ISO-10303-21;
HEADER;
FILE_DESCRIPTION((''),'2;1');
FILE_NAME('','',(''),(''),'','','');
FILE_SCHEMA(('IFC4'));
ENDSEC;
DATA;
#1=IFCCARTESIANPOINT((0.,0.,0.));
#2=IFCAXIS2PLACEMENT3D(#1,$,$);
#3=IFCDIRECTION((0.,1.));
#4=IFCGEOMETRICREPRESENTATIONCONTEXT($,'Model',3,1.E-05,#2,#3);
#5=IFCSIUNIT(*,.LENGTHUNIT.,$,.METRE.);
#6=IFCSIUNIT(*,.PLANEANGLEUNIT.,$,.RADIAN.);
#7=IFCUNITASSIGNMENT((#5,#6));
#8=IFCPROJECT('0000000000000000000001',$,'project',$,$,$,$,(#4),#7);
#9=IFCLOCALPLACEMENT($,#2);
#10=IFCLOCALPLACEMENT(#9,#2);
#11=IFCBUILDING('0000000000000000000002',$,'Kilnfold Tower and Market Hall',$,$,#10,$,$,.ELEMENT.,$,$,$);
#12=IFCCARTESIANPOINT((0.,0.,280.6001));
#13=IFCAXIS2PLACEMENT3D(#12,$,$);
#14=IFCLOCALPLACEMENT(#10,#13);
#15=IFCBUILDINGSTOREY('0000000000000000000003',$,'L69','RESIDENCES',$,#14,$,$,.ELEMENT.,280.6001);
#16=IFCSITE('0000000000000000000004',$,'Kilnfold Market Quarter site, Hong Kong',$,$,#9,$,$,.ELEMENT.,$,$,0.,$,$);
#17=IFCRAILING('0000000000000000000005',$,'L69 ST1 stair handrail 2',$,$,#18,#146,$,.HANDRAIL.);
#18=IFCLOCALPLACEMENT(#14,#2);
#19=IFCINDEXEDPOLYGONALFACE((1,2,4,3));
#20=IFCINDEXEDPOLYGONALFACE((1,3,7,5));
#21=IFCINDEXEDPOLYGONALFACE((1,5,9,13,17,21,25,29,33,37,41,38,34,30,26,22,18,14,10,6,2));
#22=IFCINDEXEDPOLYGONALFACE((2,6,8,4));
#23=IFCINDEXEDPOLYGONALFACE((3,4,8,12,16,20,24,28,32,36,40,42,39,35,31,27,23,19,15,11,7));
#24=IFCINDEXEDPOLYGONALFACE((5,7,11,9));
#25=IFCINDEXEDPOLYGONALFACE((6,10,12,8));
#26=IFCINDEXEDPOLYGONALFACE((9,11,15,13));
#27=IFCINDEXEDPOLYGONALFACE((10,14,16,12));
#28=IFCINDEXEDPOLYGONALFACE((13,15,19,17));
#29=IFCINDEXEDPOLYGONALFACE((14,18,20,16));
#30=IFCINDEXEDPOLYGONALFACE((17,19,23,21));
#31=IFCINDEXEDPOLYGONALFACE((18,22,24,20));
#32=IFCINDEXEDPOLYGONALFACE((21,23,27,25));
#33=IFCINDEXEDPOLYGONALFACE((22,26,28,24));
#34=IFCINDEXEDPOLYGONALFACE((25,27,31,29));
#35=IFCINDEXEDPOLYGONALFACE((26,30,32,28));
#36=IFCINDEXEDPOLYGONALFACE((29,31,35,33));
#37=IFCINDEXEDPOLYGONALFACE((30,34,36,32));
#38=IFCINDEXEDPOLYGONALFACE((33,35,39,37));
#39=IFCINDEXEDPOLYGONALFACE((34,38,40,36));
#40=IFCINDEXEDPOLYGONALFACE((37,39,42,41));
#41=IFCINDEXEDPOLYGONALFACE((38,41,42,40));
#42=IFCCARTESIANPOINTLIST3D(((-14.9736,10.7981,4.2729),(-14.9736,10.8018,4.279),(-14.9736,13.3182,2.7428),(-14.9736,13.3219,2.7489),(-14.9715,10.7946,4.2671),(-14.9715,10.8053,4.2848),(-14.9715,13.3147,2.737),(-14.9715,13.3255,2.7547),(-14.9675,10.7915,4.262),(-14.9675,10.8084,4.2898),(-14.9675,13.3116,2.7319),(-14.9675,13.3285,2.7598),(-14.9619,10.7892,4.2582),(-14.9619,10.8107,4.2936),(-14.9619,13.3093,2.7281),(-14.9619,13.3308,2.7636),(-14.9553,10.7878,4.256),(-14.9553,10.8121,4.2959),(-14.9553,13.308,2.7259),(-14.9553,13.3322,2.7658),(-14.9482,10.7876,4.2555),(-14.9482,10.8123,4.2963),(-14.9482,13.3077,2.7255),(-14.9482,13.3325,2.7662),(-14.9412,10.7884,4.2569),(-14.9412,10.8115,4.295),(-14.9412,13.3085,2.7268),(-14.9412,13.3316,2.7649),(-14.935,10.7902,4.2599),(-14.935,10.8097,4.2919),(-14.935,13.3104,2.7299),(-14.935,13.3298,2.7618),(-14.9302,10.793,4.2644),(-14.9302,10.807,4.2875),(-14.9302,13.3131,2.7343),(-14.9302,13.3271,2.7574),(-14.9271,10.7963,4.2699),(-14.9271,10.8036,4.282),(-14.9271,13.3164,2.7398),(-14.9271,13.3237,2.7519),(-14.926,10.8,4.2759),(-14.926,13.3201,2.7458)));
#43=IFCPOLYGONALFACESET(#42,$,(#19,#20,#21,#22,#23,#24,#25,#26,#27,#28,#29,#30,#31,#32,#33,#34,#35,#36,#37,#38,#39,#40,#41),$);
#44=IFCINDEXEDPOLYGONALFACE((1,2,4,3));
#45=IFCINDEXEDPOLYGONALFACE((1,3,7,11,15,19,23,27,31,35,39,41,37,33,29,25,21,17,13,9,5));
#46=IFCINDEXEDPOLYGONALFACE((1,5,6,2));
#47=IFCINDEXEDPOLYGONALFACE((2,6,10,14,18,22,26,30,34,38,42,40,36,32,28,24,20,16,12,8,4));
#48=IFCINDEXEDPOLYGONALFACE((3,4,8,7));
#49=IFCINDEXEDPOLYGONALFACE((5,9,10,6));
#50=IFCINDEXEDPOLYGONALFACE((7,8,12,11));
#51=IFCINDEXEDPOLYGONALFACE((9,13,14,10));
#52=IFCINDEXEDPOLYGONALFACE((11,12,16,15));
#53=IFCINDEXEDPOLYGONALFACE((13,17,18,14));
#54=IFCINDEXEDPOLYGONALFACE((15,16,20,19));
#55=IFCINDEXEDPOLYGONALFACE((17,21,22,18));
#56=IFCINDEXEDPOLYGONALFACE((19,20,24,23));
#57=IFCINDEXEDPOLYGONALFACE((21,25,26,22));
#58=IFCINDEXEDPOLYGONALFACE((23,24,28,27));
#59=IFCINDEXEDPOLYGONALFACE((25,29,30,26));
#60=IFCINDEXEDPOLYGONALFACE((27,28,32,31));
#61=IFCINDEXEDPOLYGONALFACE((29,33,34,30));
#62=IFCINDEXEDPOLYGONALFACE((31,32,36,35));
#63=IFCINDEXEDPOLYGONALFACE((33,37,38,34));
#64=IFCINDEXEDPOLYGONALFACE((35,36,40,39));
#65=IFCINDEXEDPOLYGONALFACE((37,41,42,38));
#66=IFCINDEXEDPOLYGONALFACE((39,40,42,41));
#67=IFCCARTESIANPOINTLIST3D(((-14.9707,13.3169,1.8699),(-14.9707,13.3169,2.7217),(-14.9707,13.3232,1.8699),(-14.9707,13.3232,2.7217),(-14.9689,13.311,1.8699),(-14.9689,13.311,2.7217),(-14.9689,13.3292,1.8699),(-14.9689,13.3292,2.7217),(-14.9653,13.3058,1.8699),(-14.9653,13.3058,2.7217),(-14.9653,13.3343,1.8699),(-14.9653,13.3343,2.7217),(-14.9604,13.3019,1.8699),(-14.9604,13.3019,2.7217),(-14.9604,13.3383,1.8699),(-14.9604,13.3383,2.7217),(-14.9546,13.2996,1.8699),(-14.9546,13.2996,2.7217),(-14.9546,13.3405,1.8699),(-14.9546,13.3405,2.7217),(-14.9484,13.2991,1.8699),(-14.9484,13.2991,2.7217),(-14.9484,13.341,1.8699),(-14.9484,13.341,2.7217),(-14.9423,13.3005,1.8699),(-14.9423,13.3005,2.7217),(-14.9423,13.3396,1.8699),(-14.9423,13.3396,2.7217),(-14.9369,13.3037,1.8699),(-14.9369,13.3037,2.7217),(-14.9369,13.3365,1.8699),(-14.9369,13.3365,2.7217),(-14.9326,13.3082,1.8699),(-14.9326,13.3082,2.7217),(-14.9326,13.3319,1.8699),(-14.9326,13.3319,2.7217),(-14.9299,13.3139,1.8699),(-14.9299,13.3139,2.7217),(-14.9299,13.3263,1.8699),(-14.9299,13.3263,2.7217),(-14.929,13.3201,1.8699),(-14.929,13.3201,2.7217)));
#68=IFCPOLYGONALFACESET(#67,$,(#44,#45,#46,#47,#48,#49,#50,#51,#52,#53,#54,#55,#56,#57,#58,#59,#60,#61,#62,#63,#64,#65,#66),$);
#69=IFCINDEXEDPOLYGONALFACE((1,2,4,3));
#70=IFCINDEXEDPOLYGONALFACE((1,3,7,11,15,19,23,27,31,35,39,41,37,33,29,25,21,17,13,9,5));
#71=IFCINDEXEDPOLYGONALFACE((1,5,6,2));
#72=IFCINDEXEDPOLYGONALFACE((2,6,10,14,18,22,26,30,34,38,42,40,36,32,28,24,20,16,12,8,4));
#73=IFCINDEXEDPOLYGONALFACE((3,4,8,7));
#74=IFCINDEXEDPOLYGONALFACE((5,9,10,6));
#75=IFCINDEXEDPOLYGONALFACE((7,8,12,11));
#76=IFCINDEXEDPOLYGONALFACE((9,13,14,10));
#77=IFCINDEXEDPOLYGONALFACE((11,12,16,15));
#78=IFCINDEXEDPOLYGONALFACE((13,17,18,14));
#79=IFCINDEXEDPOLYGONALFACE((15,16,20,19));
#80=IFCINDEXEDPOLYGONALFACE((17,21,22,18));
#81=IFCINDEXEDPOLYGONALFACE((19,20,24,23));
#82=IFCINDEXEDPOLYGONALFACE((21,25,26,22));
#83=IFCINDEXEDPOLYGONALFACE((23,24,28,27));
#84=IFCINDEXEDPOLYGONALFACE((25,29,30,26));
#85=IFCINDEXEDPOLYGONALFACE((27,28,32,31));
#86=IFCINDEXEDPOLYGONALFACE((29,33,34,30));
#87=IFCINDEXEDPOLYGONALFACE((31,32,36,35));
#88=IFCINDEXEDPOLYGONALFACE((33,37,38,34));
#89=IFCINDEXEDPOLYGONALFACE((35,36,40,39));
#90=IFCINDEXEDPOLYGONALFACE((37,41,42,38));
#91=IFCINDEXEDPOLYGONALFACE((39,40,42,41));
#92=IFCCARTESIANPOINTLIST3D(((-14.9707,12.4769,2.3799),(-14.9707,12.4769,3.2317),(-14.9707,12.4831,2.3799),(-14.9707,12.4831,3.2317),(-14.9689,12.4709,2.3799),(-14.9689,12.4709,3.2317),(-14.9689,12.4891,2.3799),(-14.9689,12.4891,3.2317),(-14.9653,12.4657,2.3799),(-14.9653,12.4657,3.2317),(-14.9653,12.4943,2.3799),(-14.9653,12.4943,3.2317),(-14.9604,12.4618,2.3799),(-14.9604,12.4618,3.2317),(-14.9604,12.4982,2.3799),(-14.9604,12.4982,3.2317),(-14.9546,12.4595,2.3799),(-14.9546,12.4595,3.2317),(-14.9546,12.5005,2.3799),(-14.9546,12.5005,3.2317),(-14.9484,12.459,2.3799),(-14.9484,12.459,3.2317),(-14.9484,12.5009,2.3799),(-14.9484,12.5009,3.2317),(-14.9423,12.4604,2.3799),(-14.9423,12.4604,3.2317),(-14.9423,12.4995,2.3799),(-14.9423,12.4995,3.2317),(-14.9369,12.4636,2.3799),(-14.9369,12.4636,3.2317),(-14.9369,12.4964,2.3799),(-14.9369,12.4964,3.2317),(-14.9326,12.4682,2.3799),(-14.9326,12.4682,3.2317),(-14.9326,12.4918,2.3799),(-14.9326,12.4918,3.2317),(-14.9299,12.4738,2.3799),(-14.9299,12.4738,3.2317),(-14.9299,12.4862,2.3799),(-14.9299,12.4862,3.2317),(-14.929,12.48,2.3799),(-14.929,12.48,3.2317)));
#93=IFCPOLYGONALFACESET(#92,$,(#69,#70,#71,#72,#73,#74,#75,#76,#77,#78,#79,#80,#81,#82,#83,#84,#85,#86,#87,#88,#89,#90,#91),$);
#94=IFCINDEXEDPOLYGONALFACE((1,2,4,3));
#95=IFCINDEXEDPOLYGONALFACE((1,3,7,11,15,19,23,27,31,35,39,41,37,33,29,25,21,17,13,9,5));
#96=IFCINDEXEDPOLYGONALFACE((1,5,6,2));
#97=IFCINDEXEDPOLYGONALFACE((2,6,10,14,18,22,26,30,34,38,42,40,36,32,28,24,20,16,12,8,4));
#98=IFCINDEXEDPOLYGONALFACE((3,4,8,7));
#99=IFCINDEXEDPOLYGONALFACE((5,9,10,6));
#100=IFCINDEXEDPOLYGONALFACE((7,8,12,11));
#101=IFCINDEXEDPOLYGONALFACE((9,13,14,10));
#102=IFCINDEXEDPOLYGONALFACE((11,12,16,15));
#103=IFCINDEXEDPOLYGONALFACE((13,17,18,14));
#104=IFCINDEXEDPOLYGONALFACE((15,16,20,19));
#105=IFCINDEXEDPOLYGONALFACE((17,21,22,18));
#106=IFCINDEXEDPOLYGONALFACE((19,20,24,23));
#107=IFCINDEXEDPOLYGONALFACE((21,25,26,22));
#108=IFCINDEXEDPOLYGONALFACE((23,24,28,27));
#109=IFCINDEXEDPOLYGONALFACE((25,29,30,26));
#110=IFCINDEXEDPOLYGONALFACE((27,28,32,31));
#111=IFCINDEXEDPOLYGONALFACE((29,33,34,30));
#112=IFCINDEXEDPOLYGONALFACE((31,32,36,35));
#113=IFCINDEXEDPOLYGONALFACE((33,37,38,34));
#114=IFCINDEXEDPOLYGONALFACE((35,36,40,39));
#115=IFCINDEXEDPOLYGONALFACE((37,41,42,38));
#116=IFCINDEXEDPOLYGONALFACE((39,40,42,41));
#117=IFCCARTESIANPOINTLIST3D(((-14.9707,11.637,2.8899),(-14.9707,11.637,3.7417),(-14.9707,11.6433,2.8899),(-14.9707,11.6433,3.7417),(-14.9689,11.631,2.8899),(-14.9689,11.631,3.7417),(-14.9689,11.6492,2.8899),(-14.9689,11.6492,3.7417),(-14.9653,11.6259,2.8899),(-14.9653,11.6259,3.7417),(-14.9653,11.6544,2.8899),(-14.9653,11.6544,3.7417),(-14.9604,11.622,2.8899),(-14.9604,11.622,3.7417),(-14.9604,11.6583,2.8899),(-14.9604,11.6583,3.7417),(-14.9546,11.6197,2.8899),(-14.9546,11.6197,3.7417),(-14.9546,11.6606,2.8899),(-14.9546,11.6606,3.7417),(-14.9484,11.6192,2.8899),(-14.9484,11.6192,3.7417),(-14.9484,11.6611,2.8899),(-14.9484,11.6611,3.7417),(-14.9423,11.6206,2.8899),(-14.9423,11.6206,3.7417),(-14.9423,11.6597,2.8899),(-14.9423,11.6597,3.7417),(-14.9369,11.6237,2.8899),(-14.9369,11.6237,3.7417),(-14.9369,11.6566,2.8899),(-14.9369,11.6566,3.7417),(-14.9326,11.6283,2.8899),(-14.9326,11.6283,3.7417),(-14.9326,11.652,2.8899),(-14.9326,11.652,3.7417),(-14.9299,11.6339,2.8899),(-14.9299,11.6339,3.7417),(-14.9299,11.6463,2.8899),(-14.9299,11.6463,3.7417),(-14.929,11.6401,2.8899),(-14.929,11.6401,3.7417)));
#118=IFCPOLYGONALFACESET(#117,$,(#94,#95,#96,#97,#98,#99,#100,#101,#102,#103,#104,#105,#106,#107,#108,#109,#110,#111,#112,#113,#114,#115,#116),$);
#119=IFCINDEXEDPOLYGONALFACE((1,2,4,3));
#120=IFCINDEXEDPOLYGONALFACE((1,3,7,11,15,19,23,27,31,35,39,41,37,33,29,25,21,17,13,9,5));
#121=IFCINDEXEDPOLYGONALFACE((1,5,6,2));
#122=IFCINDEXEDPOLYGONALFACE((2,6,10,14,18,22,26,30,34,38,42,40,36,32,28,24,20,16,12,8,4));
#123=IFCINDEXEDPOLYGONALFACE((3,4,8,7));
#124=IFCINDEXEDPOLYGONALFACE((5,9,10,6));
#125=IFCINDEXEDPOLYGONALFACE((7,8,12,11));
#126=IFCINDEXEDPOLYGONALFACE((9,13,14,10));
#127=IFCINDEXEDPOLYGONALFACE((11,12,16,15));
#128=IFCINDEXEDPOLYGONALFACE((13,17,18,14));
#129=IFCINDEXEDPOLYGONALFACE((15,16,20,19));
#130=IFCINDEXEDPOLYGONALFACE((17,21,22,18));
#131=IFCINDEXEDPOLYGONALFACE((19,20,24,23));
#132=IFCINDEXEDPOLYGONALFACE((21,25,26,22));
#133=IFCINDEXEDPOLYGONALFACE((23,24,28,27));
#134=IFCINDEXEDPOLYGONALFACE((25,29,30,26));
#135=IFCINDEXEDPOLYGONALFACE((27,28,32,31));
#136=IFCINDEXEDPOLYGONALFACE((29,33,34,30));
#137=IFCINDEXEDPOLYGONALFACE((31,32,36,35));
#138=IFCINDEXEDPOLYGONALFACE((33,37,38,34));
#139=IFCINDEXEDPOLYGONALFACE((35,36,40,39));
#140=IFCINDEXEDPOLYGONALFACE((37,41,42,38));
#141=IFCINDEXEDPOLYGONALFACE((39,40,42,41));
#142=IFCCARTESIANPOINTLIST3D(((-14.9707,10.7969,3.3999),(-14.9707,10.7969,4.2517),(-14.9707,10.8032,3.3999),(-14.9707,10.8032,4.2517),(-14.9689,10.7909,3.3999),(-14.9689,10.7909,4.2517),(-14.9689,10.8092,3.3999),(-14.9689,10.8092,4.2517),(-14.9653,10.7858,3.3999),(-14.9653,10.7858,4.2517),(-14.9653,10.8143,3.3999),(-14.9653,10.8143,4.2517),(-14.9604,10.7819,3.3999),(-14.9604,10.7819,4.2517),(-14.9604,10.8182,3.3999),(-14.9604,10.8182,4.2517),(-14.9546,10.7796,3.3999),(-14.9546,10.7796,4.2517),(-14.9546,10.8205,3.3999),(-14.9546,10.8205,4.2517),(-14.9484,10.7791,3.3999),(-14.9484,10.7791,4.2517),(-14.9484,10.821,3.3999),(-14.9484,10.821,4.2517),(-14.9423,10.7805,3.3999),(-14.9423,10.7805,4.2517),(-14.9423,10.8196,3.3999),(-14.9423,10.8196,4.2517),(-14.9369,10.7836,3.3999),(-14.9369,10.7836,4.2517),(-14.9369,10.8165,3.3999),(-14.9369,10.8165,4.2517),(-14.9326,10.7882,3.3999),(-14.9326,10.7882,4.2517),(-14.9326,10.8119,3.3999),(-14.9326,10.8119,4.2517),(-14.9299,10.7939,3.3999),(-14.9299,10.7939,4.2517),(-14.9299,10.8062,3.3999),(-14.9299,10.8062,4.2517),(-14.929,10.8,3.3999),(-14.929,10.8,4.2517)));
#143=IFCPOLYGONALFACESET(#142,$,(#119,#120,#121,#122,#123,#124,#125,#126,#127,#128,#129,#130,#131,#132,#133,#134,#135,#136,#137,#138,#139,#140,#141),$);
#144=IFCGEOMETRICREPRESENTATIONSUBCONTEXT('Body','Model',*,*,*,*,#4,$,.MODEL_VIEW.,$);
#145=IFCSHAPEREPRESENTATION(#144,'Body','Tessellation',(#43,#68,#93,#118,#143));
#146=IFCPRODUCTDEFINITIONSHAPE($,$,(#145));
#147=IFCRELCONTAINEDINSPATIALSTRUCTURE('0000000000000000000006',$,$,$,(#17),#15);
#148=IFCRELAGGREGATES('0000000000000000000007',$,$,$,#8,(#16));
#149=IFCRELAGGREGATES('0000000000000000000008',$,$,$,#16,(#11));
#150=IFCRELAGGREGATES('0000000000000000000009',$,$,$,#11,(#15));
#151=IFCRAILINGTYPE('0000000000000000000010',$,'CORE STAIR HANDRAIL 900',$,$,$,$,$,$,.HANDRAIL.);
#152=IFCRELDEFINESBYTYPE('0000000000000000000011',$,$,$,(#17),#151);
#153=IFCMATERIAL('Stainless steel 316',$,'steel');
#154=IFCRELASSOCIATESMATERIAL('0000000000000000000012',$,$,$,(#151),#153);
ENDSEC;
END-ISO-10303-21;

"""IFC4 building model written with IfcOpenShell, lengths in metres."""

from ifc_helpers import new_model, si_unit, direction, frame, origin, origin_2d, place, context, subcontext, project, spatial, circle, extrude, material, type_object, element, save


model = new_model("IFC4")

# Units and contexts
model_context = context("Model", 3, precision=1e-05, world=origin(), true_north=direction((0.0, 1.0)))
body_context = subcontext(model_context, "Body", "Model", "MODEL_VIEW")
ifc_project = project(units=[si_unit("LENGTHUNIT", "METRE"), si_unit("PLANEANGLEUNIT", "RADIAN")], contexts=[model_context])

# Site, building, storey
site_placement = place(None, origin())
site = spatial("IfcSite", under=ifc_project, at=site_placement, Name="Kilnfold Market Quarter site, Hong Kong", CompositionType="ELEMENT", RefElevation=0.0)
building_placement = place(site_placement, origin())
building = spatial("IfcBuilding", under=site, at=building_placement, Name="Kilnfold Tower and Market Hall", CompositionType="ELEMENT")
storey_placement = place(building_placement, frame((0.0, 0.0, 280.6001)))
storey = spatial("IfcBuildingStorey", under=building, at=storey_placement, Name="L69", Description="RESIDENCES", CompositionType="ELEMENT", Elevation=280.6001)

# Railing
ifc_material_1 = material(Name="Stainless steel 316", Category="steel")
railing_type_1 = type_object("IfcRailingType", Name="CORE STAIR HANDRAIL 900", PredefinedType="HANDRAIL", material=ifc_material_1)
railing_1_placement = place(storey_placement, frame((-14.95, 13.3201, 1.8699)))
element("IfcRailing", 1, at=railing_1_placement, inside=storey, type_object=railing_type_1, Name="L69 ST1 stair handrail 2", PredefinedType="HANDRAIL", context=body_context, shape_type="SweptSolid", body=[
    extrude(circle(Radius=0.0239, at=origin_2d()), frame((0.0, 0.0, 0.876), z_axis=(0.0, -0.854785, 0.518982), x_axis=(1.0, 0.0, 0.0)), (0.0, 0.0, 1.0), 2.9482),
    extrude(circle(Radius=0.021, at=origin_2d()), origin(), (0.0, 0.0, 1.0), 0.8518),
    extrude(circle(Radius=0.021, at=origin_2d()), frame((0.0, -0.8401, 0.51)), (0.0, 0.0, 1.0), 0.8518),
    extrude(circle(Radius=0.021, at=origin_2d()), frame((0.0, -1.6799, 1.02)), (0.0, 0.0, 1.0), 0.8518),
    extrude(circle(Radius=0.021, at=origin_2d()), frame((0.0, -2.52, 1.53)), (0.0, 0.0, 1.0), 0.8518),
])

save(model, "model.ifc")
